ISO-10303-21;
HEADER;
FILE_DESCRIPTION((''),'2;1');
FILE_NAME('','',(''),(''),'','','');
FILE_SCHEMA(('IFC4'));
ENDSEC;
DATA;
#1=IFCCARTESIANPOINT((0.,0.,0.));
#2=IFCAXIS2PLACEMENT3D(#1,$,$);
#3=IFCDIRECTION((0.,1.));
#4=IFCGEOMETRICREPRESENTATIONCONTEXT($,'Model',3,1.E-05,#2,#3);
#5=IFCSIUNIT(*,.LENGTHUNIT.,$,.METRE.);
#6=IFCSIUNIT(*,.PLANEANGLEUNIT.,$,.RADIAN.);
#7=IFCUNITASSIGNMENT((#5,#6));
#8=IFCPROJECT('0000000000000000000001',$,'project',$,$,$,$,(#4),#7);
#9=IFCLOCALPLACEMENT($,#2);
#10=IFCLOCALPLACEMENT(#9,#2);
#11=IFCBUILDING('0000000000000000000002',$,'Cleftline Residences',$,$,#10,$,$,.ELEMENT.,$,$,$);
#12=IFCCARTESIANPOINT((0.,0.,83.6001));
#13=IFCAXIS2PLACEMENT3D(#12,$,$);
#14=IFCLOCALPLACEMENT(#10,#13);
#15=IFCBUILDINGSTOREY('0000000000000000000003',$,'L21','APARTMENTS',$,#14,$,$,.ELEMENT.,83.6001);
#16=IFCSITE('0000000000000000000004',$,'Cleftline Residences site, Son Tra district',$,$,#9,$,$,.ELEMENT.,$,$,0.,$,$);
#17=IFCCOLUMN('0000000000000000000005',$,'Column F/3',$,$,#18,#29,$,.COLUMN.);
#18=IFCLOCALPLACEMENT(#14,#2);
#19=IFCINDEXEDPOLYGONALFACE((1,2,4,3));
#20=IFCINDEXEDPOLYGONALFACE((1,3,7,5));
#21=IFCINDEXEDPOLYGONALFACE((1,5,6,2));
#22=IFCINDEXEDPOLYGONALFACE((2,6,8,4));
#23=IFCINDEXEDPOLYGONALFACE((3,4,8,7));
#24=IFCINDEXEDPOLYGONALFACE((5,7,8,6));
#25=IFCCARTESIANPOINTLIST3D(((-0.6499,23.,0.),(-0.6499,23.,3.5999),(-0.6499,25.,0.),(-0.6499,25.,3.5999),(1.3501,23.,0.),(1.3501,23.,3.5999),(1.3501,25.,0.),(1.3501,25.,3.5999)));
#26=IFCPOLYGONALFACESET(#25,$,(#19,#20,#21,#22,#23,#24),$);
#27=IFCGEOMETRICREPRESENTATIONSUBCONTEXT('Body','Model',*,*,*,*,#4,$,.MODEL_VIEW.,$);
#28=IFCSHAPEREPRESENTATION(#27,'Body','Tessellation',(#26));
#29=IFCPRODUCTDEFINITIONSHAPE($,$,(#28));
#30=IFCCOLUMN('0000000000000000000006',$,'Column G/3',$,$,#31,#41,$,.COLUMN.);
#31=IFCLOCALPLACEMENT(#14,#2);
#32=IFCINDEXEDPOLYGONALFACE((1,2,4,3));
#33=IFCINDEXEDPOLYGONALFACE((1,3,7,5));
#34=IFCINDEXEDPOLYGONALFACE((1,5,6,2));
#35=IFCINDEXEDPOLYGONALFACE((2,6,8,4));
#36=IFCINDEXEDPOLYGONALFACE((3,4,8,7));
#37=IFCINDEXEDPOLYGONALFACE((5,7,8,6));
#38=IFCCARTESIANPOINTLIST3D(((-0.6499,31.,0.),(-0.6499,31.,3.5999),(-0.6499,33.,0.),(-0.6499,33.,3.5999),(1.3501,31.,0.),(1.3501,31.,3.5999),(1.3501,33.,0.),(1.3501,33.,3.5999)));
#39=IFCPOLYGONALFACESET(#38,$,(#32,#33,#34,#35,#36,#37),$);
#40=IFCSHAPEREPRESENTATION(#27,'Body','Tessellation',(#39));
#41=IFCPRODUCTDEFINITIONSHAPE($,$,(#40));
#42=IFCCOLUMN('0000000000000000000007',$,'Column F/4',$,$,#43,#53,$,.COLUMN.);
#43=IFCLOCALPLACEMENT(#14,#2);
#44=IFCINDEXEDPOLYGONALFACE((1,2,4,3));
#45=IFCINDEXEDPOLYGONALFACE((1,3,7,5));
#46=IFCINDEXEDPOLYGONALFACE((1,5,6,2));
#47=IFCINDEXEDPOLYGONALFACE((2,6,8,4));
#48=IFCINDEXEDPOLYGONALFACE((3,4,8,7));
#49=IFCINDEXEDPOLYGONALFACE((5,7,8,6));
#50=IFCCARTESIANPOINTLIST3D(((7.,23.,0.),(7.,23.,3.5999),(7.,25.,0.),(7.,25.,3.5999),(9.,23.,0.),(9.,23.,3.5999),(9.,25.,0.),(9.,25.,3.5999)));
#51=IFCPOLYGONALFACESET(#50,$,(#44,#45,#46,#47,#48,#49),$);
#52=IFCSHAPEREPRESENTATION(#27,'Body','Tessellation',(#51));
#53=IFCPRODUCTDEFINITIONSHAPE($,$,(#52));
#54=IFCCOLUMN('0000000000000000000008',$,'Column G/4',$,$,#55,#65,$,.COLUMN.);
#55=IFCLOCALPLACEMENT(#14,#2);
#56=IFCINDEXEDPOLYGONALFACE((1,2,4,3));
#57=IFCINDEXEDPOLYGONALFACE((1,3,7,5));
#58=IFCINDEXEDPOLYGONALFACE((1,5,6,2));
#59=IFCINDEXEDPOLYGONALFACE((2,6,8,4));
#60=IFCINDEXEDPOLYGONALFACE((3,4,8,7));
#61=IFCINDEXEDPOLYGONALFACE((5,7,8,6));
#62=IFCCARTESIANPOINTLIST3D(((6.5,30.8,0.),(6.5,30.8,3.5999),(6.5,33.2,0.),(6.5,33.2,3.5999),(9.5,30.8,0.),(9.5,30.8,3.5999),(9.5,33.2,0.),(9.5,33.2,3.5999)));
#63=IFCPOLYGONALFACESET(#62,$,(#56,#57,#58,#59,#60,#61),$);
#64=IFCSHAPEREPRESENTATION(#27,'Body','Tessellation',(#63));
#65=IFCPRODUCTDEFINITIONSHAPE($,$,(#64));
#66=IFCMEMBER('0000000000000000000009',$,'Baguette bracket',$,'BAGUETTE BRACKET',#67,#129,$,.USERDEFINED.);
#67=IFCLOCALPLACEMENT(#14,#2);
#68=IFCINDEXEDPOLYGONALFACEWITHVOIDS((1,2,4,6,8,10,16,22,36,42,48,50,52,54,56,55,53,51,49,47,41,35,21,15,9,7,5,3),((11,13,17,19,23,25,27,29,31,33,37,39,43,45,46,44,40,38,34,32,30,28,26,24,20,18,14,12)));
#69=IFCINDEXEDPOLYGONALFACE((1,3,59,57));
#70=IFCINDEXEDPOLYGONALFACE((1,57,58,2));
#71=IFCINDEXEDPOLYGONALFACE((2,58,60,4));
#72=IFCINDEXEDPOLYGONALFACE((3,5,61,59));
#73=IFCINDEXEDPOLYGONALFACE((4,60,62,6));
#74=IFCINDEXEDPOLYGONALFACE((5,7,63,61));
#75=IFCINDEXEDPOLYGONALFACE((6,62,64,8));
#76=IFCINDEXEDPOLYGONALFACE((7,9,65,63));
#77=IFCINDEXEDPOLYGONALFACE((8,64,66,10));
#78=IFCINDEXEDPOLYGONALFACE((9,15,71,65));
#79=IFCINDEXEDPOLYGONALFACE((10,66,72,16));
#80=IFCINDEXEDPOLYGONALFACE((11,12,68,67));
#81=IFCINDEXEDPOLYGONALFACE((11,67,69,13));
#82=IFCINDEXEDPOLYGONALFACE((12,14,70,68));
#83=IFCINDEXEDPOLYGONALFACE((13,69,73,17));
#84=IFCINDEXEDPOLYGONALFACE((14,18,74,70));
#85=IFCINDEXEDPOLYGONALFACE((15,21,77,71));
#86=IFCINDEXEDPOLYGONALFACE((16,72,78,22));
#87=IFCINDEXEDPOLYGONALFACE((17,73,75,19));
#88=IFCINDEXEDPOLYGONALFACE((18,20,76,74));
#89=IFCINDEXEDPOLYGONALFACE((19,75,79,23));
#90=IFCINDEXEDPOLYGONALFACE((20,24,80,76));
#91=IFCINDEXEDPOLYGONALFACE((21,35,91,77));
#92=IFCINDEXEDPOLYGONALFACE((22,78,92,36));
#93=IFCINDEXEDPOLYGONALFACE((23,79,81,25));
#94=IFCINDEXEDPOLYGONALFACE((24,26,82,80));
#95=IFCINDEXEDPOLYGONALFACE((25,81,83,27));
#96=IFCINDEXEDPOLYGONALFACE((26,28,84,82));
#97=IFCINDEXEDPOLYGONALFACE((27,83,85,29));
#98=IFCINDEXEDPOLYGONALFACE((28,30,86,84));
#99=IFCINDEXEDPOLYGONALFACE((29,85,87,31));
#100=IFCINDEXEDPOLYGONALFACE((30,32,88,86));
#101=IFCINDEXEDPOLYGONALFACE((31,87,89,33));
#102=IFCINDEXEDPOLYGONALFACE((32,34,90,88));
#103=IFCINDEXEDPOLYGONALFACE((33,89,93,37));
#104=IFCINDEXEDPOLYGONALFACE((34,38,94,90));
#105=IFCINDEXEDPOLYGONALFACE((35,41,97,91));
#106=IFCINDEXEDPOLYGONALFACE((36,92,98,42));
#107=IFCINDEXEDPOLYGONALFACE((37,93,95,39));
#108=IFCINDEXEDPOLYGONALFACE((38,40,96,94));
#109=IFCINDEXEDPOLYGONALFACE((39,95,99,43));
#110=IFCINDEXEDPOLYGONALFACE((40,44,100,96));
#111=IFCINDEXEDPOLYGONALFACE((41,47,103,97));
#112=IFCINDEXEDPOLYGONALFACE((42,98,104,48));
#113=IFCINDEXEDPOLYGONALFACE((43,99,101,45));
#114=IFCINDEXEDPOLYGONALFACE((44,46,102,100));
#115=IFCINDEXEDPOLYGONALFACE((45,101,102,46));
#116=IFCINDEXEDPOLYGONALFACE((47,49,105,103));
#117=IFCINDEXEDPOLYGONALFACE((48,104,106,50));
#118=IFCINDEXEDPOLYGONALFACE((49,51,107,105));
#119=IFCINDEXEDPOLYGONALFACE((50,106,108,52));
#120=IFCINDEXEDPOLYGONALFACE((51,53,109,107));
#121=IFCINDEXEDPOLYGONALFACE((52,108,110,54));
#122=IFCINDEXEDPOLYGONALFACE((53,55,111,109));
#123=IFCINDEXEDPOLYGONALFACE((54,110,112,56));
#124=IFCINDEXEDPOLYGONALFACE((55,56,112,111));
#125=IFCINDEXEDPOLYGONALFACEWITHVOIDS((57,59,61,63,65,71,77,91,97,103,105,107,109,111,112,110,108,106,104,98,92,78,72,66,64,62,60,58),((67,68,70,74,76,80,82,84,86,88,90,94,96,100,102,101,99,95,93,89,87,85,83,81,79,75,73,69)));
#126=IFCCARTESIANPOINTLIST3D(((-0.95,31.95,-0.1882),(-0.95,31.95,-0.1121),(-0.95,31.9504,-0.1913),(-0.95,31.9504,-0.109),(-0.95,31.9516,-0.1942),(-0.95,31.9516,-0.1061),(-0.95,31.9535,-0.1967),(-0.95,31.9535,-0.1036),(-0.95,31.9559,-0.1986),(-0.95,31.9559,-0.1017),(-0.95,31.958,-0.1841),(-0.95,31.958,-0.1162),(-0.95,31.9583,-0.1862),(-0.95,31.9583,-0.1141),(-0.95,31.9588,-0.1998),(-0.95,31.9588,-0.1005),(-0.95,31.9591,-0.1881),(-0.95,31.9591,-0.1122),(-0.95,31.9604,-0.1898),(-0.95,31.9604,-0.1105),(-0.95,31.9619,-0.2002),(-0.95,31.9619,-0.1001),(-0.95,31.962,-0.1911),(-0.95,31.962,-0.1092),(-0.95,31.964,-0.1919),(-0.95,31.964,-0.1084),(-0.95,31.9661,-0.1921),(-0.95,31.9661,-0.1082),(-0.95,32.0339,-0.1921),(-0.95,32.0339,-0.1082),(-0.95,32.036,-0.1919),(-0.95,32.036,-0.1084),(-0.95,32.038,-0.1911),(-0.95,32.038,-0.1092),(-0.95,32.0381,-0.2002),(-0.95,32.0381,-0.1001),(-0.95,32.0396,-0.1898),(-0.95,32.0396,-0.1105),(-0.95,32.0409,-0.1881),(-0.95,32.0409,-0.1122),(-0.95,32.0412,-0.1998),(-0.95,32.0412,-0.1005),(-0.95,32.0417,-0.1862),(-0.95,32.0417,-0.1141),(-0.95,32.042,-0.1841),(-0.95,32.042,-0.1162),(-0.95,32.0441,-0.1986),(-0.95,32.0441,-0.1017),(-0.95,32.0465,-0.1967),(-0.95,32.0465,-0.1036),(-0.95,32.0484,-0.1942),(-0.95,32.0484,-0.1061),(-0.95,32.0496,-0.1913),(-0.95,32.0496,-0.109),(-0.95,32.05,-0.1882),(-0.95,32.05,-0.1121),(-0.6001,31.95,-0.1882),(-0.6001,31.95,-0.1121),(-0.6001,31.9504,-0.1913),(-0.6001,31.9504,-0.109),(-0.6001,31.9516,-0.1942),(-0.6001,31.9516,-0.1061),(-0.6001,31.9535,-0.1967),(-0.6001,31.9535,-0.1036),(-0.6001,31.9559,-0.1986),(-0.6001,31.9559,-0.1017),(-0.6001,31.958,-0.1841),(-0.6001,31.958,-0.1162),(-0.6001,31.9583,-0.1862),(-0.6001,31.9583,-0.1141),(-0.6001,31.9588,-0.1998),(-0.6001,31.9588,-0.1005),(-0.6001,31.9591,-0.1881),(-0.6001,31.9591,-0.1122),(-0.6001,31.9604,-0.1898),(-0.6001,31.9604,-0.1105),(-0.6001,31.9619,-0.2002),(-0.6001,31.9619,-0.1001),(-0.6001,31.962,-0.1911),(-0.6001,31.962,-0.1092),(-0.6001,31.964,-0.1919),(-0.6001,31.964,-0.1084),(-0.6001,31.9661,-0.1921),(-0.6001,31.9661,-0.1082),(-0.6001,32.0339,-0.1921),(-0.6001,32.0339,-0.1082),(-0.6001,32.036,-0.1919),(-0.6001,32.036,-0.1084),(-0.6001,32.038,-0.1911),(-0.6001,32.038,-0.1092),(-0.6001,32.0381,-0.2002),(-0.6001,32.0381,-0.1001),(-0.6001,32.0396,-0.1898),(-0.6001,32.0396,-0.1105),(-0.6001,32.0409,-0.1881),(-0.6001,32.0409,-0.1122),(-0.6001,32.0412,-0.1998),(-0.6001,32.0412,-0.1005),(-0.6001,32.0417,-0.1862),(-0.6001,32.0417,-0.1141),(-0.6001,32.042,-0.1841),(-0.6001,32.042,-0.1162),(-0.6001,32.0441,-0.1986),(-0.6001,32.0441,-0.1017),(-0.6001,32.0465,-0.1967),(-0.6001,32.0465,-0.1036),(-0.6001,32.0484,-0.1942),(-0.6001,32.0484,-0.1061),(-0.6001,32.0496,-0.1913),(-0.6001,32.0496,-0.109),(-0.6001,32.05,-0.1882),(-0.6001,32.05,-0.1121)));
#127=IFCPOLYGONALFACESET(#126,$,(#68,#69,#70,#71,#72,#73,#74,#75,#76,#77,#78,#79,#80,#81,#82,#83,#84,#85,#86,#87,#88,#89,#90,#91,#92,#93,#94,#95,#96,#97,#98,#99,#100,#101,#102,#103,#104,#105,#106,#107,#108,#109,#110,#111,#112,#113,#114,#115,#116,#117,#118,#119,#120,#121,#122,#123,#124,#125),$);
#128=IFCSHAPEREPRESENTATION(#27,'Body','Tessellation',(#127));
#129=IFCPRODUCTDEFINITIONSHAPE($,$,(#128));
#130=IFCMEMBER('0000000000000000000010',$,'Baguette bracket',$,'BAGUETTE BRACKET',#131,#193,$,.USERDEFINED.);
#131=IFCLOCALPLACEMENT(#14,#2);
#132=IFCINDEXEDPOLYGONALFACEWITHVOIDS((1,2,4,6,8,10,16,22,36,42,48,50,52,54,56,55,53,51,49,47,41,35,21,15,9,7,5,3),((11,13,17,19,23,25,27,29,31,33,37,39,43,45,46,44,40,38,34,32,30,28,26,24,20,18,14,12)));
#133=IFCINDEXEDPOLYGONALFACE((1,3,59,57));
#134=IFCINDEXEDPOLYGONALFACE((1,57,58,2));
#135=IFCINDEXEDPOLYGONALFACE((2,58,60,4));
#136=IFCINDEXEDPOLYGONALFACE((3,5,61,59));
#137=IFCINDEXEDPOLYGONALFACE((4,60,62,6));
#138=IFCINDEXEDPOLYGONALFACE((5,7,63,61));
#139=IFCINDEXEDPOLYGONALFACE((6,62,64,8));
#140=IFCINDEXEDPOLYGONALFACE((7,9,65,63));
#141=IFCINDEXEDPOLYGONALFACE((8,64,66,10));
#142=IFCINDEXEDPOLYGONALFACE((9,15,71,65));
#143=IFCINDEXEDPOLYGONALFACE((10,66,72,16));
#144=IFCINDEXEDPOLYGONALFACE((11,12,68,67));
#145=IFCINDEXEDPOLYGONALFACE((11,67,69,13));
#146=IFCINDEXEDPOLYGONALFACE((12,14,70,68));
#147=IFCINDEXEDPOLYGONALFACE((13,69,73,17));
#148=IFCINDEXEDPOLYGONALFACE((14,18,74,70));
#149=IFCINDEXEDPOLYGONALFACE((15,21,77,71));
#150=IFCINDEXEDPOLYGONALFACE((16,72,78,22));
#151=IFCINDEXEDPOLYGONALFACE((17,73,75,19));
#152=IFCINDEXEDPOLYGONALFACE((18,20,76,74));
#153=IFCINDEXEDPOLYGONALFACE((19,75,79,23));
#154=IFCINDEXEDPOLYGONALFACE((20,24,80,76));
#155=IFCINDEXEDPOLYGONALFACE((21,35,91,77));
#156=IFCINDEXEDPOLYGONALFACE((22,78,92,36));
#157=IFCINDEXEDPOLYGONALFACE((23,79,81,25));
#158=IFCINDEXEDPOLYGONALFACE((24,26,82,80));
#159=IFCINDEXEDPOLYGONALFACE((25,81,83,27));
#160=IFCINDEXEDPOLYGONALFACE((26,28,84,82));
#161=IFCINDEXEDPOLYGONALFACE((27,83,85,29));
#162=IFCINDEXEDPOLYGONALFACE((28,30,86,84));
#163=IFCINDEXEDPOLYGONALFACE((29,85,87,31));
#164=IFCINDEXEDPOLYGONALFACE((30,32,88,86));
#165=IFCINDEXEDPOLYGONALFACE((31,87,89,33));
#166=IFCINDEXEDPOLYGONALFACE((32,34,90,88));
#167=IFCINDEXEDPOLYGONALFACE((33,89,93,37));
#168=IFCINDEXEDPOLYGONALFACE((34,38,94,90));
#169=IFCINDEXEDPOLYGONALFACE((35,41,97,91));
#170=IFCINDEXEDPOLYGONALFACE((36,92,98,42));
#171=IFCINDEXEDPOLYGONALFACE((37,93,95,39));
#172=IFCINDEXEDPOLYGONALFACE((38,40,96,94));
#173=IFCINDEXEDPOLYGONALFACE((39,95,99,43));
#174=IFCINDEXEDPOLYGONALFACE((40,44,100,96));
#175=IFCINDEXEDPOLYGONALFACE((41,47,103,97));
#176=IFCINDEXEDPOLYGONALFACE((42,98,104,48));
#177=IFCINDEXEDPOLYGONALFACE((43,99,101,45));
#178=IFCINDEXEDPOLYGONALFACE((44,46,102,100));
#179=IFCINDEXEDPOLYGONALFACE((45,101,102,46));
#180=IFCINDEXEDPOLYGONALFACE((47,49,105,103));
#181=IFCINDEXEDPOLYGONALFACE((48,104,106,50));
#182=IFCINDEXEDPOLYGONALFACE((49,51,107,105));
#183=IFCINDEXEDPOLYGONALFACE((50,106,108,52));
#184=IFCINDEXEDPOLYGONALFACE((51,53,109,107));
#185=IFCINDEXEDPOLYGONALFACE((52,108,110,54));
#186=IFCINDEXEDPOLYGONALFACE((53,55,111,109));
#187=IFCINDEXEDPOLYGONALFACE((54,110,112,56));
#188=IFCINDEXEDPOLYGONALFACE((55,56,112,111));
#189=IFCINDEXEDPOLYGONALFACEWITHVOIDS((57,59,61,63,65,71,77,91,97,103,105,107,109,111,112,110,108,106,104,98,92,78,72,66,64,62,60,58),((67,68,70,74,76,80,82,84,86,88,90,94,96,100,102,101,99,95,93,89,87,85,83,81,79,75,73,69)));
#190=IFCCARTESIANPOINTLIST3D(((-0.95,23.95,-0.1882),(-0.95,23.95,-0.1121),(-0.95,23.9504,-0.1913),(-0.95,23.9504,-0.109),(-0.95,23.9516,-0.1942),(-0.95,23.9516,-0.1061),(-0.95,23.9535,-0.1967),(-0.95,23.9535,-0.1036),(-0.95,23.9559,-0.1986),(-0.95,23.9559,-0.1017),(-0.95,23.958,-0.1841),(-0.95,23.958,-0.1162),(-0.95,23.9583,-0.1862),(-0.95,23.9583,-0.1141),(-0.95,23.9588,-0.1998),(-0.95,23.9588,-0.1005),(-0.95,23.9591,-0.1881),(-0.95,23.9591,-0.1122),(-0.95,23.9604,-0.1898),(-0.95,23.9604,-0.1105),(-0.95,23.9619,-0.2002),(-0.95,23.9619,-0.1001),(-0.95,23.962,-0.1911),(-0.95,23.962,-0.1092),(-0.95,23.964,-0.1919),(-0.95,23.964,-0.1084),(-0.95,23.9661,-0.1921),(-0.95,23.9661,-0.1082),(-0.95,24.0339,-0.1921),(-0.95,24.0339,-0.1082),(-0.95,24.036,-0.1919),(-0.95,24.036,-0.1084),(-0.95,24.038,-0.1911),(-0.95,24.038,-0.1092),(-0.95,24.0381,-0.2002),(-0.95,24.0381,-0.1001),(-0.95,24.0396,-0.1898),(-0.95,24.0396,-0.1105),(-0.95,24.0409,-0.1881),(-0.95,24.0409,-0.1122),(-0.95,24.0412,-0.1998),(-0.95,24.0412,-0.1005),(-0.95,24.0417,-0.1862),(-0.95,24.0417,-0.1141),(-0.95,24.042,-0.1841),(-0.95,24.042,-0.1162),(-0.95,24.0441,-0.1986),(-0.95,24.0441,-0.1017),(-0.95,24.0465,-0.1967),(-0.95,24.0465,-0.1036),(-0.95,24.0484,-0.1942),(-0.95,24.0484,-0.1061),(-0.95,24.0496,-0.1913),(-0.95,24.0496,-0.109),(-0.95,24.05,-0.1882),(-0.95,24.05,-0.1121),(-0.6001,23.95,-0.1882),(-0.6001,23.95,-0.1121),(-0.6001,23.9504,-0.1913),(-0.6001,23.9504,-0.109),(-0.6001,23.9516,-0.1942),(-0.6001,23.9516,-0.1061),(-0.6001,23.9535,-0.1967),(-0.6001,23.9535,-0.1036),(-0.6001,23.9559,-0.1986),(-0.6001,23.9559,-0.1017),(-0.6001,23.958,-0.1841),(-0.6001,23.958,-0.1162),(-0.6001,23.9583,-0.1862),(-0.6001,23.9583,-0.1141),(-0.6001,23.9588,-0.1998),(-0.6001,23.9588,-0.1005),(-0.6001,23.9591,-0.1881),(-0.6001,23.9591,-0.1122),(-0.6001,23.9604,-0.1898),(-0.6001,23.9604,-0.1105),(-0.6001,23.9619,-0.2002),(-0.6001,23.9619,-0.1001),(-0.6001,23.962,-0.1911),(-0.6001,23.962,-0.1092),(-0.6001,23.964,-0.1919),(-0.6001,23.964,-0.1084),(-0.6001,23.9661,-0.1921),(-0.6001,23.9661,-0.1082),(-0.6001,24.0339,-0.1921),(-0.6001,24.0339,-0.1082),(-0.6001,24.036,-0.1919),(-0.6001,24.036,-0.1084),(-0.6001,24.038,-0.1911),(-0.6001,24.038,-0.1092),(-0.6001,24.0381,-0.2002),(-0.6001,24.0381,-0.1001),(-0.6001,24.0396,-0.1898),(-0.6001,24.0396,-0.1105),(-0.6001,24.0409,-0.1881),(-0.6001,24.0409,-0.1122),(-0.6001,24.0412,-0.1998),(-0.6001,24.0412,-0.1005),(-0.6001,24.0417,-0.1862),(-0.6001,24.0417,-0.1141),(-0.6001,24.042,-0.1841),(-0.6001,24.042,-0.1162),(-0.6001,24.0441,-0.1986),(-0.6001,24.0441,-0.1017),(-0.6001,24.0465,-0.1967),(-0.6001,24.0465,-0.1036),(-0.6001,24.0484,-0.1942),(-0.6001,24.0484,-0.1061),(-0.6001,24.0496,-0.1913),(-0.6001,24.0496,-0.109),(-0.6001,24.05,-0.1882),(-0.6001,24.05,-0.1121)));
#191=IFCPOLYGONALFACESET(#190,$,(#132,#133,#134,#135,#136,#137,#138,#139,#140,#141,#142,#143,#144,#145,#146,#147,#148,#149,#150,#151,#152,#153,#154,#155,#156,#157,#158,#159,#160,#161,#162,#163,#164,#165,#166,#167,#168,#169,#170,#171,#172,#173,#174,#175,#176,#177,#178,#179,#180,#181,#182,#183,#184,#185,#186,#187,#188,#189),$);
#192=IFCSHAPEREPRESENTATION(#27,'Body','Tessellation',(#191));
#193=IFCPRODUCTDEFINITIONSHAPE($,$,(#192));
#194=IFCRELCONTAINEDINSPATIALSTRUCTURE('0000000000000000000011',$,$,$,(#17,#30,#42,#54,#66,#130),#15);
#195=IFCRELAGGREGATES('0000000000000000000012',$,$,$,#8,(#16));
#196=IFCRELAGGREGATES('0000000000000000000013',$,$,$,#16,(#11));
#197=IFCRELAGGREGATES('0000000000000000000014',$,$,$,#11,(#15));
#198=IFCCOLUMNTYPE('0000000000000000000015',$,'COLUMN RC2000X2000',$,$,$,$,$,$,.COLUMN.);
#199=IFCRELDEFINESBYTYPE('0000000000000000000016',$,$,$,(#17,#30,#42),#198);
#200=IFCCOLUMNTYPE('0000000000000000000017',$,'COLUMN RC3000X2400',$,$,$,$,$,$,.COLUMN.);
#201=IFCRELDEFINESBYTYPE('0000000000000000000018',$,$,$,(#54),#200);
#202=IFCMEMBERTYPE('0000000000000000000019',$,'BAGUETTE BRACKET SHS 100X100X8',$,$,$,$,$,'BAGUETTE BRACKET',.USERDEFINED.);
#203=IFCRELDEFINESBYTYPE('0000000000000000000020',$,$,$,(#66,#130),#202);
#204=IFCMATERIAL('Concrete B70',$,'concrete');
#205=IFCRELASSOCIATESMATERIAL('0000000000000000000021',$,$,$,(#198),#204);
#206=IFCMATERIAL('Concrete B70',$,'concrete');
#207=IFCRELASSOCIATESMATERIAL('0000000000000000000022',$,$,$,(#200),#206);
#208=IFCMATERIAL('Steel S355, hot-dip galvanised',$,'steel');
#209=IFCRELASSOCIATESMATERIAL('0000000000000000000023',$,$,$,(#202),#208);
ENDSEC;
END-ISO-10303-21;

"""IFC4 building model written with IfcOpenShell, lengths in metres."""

from ifc_helpers import new_model, si_unit, direction, frame, origin, origin_2d, place, context, subcontext, project, spatial, rectangle, hollow_rectangle, extrude, material, material_profile, profile_set, type_object, element, save


model = new_model("IFC4")

# Units and contexts
model_context = context("Model", 3, precision=1e-05, world=origin(), true_north=direction((0.0, 1.0)))
body_context = subcontext(model_context, "Body", "Model", "MODEL_VIEW")
ifc_project = project(units=[si_unit("LENGTHUNIT", "METRE"), si_unit("PLANEANGLEUNIT", "RADIAN")], contexts=[model_context])

# Site, building, storey
site_placement = place(None, origin())
site = spatial("IfcSite", under=ifc_project, at=site_placement, Name="Cleftline Residences site, Son Tra district", CompositionType="ELEMENT", RefElevation=0.0)
building_placement = place(site_placement, origin())
building = spatial("IfcBuilding", under=site, at=building_placement, Name="Cleftline Residences", CompositionType="ELEMENT")
storey_placement = place(building_placement, frame((0.0, 0.0, 83.6001)))
storey = spatial("IfcBuildingStorey", under=building, at=storey_placement, Name="L21", Description="APARTMENTS", CompositionType="ELEMENT", Elevation=83.6001)

# Columns
ifc_material_1 = material(Name="Concrete B70", Category="concrete")
ifc_material_profile_1 = material_profile(ifc_material_1, rectangle(XDim=2.0, YDim=2.0, at=origin_2d()))
ifc_profile_set_1 = profile_set([ifc_material_profile_1], Name="Concrete B70")
column_type_1 = type_object("IfcColumnType", Name="COLUMN RC2000X2000", PredefinedType="COLUMN", material=ifc_profile_set_1)
for number, where, z_axis, x_axis, name in (
    (1, (0.3501, 24.0, 0.0), (0.0, 0.0, 1.0), (1.0, 0.0, 0.0), "Column F/3"),
    (2, (0.3501, 32.0, 0.0), (0.0, 0.0, 1.0), (1.0, 0.0, 0.0), "Column G/3"),
    (3, (8.0, 24.0, 0.0), (0.0, 0.0, 1.0), (1.0, 0.0, 0.0), "Column F/4"),
):
    element("IfcColumn", number, at=place(storey_placement, frame(where, z_axis=z_axis, x_axis=x_axis)), inside=storey, type_object=column_type_1, Name=name, PredefinedType="COLUMN", context=body_context, shape_type="SweptSolid", body=[
        extrude(rectangle(XDim=2.0, YDim=2.0, at=origin_2d()), origin(), (0.0, 0.0, 1.0), 3.5999),
    ])
ifc_material_2 = material(Name="Concrete B70", Category="concrete")
ifc_material_profile_2 = material_profile(ifc_material_2, rectangle(XDim=3.0, YDim=2.3999, at=origin_2d()))
ifc_profile_set_2 = profile_set([ifc_material_profile_2], Name="Concrete B70")
column_type_2 = type_object("IfcColumnType", Name="COLUMN RC3000X2400", PredefinedType="COLUMN", material=ifc_profile_set_2)
column_placement = place(storey_placement, frame((8.0, 32.0, 0.0), z_axis=(0.0, 0.0, 1.0), x_axis=(1.0, 0.0, 0.0)))
element("IfcColumn", 4, at=column_placement, inside=storey, type_object=column_type_2, Name="Column G/4", PredefinedType="COLUMN", context=body_context, shape_type="SweptSolid", body=[
    extrude(rectangle(XDim=3.0, YDim=2.3999, at=origin_2d()), origin(), (0.0, 0.0, 1.0), 3.5999),
])

# Members
ifc_material_3 = material(Name="Steel S355, hot-dip galvanised", Category="steel")
ifc_material_profile_3 = material_profile(ifc_material_3, hollow_rectangle(XDim=0.1001, YDim=0.1001, WallThickness=0.0081, InnerFilletRadius=0.0081, OuterFilletRadius=0.012, at=origin_2d()))
ifc_profile_set_3 = profile_set([ifc_material_profile_3], Name="Steel S355, hot-dip galvanised")
member_type_1 = type_object("IfcMemberType", Name="BAGUETTE BRACKET SHS 100X100X8", ElementType="BAGUETTE BRACKET", PredefinedType="USERDEFINED", material=ifc_profile_set_3)
for number, where, z_axis, x_axis, name in (
    (5, (-0.6001, 32.0, -0.1501), (-1.0, 0.0, 0.0), (0.0, -1.0, 0.0), "Baguette bracket"),
    (6, (-0.6001, 24.0, -0.1501), (-1.0, 0.0, 0.0), (0.0, -1.0, 0.0), "Baguette bracket"),
):
    element("IfcMember", number, at=place(storey_placement, frame(where, z_axis=z_axis, x_axis=x_axis)), inside=storey, type_object=member_type_1, Name=name, ObjectType="BAGUETTE BRACKET", PredefinedType="USERDEFINED", context=body_context, shape_type="SweptSolid", body=[
        extrude(hollow_rectangle(XDim=0.1001, YDim=0.1001, WallThickness=0.0081, InnerFilletRadius=0.0081, OuterFilletRadius=0.012, at=origin_2d()), origin(), (0.0, 0.0, 1.0), 0.3499),
    ])

save(model, "model.ifc")
